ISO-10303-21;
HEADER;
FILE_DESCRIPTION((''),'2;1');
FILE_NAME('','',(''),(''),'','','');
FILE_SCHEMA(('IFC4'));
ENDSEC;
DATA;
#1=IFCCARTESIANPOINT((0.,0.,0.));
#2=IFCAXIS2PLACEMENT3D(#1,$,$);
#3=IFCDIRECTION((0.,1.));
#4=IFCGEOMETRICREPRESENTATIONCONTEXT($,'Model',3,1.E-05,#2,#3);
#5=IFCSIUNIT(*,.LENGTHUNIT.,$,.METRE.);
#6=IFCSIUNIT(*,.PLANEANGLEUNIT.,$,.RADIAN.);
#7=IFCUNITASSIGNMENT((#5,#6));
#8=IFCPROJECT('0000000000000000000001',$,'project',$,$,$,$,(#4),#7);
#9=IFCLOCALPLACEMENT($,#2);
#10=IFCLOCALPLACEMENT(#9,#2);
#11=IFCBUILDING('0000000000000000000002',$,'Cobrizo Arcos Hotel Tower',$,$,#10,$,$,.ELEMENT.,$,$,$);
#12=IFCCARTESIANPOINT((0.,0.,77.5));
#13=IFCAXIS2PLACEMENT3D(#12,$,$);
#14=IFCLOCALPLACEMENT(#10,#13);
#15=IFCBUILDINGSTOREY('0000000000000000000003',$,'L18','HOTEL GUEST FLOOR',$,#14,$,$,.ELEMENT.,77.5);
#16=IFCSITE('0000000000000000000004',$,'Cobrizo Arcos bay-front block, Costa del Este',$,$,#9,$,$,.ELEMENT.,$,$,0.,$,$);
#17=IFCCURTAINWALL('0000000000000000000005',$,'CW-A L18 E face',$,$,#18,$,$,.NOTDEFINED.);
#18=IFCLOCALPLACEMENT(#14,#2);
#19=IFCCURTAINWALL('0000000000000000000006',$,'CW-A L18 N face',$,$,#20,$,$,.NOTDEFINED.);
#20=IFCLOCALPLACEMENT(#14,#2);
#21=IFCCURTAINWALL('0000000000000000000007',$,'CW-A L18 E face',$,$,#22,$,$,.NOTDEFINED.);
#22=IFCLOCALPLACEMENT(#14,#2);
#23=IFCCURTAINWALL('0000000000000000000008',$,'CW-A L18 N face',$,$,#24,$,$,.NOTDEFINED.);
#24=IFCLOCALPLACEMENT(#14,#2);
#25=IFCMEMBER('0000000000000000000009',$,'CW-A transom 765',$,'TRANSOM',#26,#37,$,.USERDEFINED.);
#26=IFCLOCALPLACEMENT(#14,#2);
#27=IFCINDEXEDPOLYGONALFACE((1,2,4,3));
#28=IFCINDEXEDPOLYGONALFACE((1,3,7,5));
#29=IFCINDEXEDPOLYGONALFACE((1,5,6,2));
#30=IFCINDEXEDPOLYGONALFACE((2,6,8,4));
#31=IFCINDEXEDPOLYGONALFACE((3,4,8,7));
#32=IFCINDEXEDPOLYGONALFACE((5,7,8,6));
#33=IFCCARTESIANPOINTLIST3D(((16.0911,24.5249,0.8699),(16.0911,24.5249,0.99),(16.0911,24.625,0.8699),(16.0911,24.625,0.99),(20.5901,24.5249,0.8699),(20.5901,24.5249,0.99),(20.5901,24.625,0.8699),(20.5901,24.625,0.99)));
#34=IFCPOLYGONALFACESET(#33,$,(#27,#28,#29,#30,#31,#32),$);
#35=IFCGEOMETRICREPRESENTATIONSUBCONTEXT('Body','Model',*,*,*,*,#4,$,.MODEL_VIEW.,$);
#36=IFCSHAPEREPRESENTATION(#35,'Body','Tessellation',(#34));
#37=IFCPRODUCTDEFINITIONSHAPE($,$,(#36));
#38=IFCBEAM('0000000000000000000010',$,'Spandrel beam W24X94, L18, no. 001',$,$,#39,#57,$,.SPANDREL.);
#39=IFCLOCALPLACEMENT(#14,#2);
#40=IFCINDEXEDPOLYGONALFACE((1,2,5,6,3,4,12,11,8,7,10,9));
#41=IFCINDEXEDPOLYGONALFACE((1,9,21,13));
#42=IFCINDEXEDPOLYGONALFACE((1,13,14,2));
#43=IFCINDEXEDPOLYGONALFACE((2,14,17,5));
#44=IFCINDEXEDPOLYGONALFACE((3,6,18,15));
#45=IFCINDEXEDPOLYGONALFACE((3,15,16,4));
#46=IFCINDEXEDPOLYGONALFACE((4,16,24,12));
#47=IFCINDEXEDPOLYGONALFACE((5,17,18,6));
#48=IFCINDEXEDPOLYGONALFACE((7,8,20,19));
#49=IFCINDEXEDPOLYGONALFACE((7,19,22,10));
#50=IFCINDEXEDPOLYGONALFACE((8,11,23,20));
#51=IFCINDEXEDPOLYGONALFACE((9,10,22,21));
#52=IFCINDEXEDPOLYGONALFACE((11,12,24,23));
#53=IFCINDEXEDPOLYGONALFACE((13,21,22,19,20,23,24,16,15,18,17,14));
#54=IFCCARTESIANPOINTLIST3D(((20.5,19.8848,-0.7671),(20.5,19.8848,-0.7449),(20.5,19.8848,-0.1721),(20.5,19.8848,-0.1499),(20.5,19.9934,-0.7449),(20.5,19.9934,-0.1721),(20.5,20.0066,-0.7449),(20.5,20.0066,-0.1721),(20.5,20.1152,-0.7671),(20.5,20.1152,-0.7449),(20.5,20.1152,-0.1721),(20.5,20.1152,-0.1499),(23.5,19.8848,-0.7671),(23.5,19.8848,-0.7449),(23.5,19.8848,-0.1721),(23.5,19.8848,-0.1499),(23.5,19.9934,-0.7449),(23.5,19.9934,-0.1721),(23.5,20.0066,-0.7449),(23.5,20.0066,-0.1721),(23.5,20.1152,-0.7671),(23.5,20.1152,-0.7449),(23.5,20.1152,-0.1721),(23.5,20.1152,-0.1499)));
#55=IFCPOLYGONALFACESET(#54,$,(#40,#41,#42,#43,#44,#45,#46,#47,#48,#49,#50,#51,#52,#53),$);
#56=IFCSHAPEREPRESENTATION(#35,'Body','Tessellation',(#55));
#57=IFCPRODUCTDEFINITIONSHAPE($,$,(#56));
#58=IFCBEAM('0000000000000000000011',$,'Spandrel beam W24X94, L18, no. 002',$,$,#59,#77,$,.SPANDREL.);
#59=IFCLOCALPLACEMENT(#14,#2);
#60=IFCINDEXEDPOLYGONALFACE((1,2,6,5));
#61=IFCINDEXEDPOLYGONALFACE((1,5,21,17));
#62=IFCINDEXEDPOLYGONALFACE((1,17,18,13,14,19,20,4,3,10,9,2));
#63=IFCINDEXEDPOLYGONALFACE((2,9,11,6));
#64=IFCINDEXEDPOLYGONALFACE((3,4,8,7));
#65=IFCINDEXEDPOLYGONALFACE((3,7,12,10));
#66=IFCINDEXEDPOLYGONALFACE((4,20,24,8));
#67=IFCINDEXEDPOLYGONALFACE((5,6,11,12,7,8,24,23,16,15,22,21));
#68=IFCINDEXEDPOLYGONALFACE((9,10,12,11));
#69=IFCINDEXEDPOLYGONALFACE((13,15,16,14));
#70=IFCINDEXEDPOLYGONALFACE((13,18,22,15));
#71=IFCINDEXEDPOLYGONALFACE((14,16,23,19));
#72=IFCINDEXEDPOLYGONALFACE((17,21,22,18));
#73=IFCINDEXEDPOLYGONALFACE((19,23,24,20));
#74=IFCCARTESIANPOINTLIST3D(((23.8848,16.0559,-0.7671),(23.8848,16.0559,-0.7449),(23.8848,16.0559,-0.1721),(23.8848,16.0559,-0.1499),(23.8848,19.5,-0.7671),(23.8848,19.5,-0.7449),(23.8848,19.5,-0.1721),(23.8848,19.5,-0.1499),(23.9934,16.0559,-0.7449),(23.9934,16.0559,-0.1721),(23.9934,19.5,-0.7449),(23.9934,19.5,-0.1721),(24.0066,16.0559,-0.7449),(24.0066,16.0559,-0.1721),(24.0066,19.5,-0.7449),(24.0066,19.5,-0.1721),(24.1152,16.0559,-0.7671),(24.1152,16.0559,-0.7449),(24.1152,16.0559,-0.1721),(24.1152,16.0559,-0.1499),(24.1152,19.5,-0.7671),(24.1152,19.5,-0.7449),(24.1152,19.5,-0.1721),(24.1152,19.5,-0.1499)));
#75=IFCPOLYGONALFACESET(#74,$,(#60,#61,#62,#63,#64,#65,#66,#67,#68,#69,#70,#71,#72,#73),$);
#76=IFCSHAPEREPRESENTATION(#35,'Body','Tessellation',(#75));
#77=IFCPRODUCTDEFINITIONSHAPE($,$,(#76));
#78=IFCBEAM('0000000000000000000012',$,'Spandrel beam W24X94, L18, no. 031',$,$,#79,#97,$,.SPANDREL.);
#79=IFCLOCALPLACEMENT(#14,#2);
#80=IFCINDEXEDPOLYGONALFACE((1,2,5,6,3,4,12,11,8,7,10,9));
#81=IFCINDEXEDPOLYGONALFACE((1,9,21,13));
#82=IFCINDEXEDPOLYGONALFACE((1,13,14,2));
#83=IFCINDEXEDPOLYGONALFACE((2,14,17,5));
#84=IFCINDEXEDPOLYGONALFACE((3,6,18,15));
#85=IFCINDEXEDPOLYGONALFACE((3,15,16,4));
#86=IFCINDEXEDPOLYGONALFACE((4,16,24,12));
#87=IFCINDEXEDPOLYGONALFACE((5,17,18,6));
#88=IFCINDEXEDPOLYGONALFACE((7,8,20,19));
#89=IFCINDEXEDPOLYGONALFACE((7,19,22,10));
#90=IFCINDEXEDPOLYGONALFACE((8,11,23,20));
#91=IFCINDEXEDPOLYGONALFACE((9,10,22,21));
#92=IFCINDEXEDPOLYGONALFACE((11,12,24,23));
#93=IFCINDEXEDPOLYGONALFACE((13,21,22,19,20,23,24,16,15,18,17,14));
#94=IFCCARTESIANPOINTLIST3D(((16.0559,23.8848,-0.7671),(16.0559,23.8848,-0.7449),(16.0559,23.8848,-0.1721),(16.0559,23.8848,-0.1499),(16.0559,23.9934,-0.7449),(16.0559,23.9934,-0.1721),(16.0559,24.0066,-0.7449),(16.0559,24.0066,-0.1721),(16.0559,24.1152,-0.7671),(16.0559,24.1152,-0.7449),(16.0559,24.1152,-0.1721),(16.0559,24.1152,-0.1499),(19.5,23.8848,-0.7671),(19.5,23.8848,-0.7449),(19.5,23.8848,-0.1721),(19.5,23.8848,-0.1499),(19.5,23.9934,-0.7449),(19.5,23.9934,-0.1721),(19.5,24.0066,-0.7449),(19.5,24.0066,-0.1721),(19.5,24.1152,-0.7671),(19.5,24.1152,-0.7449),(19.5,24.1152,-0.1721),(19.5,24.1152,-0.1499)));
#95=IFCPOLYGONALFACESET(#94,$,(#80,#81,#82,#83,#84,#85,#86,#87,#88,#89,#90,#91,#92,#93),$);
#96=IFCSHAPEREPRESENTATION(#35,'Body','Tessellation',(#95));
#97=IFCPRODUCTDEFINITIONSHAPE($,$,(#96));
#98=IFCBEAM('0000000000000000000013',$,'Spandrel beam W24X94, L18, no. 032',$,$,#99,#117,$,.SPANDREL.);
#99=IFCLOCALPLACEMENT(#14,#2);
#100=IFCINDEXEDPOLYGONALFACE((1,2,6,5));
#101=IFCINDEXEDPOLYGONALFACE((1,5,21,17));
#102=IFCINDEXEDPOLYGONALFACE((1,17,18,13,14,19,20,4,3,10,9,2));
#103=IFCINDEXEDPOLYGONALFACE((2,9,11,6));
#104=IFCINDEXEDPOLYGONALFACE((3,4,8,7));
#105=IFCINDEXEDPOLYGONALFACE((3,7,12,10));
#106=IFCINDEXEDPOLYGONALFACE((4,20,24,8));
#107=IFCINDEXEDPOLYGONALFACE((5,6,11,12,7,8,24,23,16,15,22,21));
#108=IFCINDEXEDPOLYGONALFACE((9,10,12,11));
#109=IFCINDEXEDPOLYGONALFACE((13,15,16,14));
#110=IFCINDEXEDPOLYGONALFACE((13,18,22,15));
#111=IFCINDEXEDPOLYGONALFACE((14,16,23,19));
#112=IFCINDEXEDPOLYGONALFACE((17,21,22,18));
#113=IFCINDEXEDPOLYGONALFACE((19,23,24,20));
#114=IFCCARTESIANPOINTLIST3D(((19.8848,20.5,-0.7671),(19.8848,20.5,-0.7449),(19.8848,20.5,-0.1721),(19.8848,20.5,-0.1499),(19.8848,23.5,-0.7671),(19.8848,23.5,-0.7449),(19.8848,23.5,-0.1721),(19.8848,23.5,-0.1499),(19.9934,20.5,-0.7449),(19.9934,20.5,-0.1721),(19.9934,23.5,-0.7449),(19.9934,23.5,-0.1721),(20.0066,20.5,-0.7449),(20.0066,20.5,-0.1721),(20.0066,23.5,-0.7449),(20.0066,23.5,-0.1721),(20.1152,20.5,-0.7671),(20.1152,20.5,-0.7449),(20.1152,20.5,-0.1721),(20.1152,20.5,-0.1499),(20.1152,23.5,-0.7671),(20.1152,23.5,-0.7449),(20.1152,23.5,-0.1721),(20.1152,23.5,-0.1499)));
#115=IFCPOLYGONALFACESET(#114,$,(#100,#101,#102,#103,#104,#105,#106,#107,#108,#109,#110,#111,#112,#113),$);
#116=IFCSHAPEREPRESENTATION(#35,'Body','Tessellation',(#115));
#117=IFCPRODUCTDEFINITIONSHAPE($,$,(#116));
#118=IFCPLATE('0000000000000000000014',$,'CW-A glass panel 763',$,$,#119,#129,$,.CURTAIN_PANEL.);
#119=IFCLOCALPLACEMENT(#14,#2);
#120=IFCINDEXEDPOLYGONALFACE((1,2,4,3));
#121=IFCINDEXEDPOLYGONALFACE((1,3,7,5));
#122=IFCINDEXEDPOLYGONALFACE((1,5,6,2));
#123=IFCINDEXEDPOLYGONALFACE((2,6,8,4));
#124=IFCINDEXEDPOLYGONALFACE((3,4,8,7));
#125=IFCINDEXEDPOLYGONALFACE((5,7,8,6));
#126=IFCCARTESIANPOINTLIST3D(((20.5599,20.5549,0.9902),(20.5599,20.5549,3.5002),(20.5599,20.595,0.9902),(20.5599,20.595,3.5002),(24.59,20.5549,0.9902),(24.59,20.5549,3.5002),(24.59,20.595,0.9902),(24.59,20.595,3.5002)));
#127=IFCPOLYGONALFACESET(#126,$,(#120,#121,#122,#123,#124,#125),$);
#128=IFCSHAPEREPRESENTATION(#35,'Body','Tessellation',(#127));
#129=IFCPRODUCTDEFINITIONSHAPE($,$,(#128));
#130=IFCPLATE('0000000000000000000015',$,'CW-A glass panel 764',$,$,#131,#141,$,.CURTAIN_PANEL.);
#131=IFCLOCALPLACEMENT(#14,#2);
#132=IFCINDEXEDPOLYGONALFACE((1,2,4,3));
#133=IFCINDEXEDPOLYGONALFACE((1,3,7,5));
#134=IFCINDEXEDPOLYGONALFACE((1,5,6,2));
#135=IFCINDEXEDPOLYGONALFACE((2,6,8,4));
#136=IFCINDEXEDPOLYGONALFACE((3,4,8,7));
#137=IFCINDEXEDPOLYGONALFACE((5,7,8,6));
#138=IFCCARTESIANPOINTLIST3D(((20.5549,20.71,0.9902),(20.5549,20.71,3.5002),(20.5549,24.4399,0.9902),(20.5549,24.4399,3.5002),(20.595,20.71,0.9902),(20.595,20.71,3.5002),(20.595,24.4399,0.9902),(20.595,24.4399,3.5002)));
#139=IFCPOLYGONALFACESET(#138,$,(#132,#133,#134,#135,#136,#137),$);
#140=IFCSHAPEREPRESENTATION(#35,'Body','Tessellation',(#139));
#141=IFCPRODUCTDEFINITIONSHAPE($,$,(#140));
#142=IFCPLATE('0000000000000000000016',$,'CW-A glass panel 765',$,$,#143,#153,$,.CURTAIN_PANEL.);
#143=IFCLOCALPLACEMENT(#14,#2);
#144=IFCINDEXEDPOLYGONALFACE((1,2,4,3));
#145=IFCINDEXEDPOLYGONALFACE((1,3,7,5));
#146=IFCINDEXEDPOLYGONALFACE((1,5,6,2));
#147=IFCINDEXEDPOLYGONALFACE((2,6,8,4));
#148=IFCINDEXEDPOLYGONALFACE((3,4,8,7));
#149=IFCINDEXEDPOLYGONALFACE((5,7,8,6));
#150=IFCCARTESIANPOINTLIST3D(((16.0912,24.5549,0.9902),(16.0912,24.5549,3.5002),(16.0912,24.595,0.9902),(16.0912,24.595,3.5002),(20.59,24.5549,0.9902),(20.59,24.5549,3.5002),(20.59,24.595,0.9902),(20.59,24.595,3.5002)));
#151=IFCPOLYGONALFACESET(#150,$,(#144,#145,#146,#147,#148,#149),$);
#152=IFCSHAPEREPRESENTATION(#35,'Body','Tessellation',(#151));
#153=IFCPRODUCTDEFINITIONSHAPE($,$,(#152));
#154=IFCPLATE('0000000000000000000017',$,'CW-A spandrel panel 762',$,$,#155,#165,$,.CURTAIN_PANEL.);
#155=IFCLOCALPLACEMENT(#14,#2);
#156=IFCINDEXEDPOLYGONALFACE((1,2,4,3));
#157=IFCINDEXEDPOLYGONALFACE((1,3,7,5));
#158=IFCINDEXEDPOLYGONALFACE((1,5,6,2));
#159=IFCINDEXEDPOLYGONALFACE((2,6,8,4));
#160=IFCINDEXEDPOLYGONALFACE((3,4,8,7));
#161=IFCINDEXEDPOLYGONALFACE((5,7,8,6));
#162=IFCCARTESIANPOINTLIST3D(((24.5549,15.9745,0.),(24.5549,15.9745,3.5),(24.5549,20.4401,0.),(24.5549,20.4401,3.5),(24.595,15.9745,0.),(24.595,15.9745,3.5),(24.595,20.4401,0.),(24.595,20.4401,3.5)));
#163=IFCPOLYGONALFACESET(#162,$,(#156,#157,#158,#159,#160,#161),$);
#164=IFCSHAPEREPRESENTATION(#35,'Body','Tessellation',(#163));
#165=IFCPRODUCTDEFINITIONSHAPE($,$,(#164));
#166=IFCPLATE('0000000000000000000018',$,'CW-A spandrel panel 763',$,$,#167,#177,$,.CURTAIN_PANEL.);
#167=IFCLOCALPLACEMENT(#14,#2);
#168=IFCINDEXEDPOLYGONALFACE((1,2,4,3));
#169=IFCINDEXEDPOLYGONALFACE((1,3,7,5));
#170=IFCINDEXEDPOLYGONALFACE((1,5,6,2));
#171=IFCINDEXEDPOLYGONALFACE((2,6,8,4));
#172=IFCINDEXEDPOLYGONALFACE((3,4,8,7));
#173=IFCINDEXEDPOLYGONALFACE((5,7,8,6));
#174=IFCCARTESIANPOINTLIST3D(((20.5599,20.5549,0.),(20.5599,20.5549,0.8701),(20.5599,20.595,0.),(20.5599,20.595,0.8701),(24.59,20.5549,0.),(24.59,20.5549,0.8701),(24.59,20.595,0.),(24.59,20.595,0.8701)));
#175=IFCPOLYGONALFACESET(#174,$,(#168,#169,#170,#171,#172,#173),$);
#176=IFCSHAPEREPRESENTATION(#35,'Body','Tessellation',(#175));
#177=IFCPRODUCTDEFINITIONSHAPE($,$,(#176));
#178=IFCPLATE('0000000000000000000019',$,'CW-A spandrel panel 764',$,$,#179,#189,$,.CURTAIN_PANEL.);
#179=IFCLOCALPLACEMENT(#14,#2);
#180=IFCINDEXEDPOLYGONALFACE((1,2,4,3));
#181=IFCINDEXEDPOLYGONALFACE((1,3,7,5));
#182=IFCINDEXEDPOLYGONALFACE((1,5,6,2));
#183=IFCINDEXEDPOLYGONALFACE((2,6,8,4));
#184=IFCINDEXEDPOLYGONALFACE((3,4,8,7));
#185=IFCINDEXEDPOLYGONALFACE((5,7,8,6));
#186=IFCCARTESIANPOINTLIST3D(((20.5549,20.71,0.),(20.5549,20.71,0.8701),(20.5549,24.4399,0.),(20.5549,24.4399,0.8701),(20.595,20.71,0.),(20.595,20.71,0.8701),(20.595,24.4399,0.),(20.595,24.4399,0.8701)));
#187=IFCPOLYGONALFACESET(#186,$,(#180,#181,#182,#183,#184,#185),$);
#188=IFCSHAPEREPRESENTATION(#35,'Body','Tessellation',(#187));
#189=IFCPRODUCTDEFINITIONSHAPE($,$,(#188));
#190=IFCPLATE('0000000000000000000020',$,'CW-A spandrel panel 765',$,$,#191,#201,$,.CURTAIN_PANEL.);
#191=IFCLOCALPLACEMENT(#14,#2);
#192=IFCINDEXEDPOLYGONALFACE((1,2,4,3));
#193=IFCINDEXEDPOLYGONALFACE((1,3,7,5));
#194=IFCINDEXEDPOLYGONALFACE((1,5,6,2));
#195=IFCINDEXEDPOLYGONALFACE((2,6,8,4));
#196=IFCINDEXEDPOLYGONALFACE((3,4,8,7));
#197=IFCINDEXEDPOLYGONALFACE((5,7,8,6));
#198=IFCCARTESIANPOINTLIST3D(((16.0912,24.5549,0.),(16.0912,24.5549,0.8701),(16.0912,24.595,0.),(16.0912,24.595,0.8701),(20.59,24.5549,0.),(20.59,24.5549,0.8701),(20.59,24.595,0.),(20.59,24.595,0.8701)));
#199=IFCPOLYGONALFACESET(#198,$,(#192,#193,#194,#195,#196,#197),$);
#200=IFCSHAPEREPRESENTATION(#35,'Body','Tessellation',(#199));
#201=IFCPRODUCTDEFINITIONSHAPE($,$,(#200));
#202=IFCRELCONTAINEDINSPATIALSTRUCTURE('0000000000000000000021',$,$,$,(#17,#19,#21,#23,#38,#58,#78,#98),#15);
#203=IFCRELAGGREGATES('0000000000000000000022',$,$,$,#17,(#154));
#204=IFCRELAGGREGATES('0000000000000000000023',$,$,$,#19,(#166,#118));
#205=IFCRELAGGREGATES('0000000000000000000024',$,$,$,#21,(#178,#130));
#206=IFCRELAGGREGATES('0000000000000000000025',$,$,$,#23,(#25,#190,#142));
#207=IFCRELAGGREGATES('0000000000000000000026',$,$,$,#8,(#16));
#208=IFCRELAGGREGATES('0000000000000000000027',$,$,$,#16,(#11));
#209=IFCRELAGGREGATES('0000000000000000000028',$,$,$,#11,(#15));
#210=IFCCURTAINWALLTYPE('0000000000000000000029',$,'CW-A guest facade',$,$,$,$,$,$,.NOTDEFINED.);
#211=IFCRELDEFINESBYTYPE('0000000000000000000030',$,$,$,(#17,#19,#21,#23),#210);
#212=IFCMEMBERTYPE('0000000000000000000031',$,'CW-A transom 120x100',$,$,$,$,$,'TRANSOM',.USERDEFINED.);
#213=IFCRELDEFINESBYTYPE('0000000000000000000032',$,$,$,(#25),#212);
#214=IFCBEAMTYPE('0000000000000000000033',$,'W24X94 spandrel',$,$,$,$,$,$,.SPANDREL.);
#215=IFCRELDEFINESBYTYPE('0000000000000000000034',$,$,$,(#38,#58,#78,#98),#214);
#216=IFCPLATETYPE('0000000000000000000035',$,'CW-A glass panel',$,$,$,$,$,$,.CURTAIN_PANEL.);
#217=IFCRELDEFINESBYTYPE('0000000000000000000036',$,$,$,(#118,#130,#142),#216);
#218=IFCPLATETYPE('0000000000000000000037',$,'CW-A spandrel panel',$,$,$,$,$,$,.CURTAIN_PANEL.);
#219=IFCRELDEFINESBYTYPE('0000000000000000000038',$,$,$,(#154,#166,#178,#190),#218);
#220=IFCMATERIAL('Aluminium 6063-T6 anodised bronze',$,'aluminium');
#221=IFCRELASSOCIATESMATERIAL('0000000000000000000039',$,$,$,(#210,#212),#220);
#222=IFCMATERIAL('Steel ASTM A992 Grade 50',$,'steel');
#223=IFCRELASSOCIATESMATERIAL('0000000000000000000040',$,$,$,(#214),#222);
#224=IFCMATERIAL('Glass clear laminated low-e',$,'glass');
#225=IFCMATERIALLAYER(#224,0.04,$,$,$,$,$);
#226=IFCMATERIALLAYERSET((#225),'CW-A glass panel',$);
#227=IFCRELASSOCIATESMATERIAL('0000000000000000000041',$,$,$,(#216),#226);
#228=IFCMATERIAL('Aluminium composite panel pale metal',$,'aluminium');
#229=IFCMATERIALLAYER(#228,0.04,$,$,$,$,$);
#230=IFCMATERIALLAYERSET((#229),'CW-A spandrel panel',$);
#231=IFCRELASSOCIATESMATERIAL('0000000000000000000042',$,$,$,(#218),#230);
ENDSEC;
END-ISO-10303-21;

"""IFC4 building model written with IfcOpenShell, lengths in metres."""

from ifc_helpers import new_model, si_unit, direction, frame, origin, origin_2d, place, context, subcontext, project, spatial, rectangle, i_section, extrude, material, layer, layer_set, material_profile, profile_set, type_object, element, aggregate, save


model = new_model("IFC4")

# Units and contexts
model_context = context("Model", 3, precision=1e-05, world=origin(), true_north=direction((0.0, 1.0)))
body_context = subcontext(model_context, "Body", "Model", "MODEL_VIEW")
ifc_project = project(units=[si_unit("LENGTHUNIT", "METRE"), si_unit("PLANEANGLEUNIT", "RADIAN")], contexts=[model_context])

# Site, building, storey
site_placement = place(None, origin())
site = spatial("IfcSite", under=ifc_project, at=site_placement, Name="Cobrizo Arcos bay-front block, Costa del Este", CompositionType="ELEMENT", RefElevation=0.0)
building_placement = place(site_placement, origin())
building = spatial("IfcBuilding", under=site, at=building_placement, Name="Cobrizo Arcos Hotel Tower", CompositionType="ELEMENT")
storey_placement = place(building_placement, frame((0.0, 0.0, 77.5)))
storey = spatial("IfcBuildingStorey", under=building, at=storey_placement, Name="L18", Description="HOTEL GUEST FLOOR", CompositionType="ELEMENT", Elevation=77.5)

# Curtain walls
ifc_material_1 = material(Name="Aluminium 6063-T6 anodised bronze", Category="aluminium")
curtain_wall_type = type_object("IfcCurtainWallType", Name="CW-A guest facade", PredefinedType="NOTDEFINED", material=ifc_material_1)
curtain_wall_1_placement = place(storey_placement, origin())
curtain_wall_1 = element("IfcCurtainWall", 1, at=curtain_wall_1_placement, inside=storey, type_object=curtain_wall_type, Name="CW-A L18 E face", PredefinedType="NOTDEFINED")
curtain_wall_2_placement = place(storey_placement, origin())
curtain_wall_2 = element("IfcCurtainWall", 2, at=curtain_wall_2_placement, inside=storey, type_object=curtain_wall_type, Name="CW-A L18 N face", PredefinedType="NOTDEFINED")
curtain_wall_3_placement = place(storey_placement, origin())
curtain_wall_3 = element("IfcCurtainWall", 3, at=curtain_wall_3_placement, inside=storey, type_object=curtain_wall_type, Name="CW-A L18 E face", PredefinedType="NOTDEFINED")
curtain_wall_4_placement = place(storey_placement, origin())
curtain_wall_4 = element("IfcCurtainWall", 4, at=curtain_wall_4_placement, inside=storey, type_object=curtain_wall_type, Name="CW-A L18 N face", PredefinedType="NOTDEFINED")

# Member
ifc_material_profile_1 = material_profile(ifc_material_1, rectangle(XDim=0.1001, YDim=0.1201, at=origin_2d()), Name="CW-A transom 120x100")
ifc_profile_set_1 = profile_set([ifc_material_profile_1], Name="Aluminium 6063-T6 anodised bronze")
member_type_1 = type_object("IfcMemberType", Name="CW-A transom 120x100", ElementType="TRANSOM", PredefinedType="USERDEFINED", material=ifc_profile_set_1)
member_1_placement = place(storey_placement, frame((20.5901, 24.575, 0.9299), z_axis=(-1.0, 0.0, 0.0), x_axis=(0.0, -1.0, 0.0)))
member_1 = element("IfcMember", 5, at=member_1_placement, type_object=member_type_1, Name="CW-A transom 765", ObjectType="TRANSOM", PredefinedType="USERDEFINED", context=body_context, shape_type="SweptSolid", body=[
    extrude(rectangle(XDim=0.1001, YDim=0.1201, at=origin_2d()), origin(), (0.0, 0.0, 1.0), 4.499),
])

# Beams
ifc_material_2 = material(Name="Steel ASTM A992 Grade 50", Category="steel")
ifc_material_profile_2 = material_profile(ifc_material_2, i_section(OverallWidth=0.2305, OverallDepth=0.6172, WebThickness=0.0132, FlangeThickness=0.0222, at=origin_2d()), Name="W24X94")
ifc_profile_set_2 = profile_set([ifc_material_profile_2], Name="Steel ASTM A992 Grade 50")
beam_type = type_object("IfcBeamType", Name="W24X94 spandrel", PredefinedType="SPANDREL", material=ifc_profile_set_2)
beam_1_placement = place(storey_placement, frame((20.5, 20.0, -0.4585), z_axis=(1.0, 0.0, 0.0), x_axis=(0.0, 1.0, 0.0)))
element("IfcBeam", 6, at=beam_1_placement, inside=storey, type_object=beam_type, Name="Spandrel beam W24X94, L18, no. 001", PredefinedType="SPANDREL", context=body_context, shape_type="SweptSolid", body=[
    extrude(i_section(OverallWidth=0.2305, OverallDepth=0.6172, WebThickness=0.0132, FlangeThickness=0.0222, at=origin_2d()), origin(), (0.0, 0.0, 1.0), 3.0),
])
for number, where, z_axis, x_axis, name in (
    (7, (24.0, 19.5, -0.4585), (0.0, -1.0, 0.0), (1.0, 0.0, 0.0), "Spandrel beam W24X94, L18, no. 002"),
    (8, (16.0559, 24.0, -0.4585), (1.0, 0.0, 0.0), (0.0, 1.0, 0.0), "Spandrel beam W24X94, L18, no. 031"),
):
    element("IfcBeam", number, at=place(storey_placement, frame(where, z_axis=z_axis, x_axis=x_axis)), inside=storey, type_object=beam_type, Name=name, PredefinedType="SPANDREL", context=body_context, shape_type="SweptSolid", body=[
        extrude(i_section(OverallWidth=0.2305, OverallDepth=0.6172, WebThickness=0.0132, FlangeThickness=0.0222, at=origin_2d()), origin(), (0.0, 0.0, 1.0), 3.4441),
    ])
beam_2_placement = place(storey_placement, frame((20.0, 23.5, -0.4585), z_axis=(0.0, -1.0, 0.0), x_axis=(1.0, 0.0, 0.0)))
element("IfcBeam", 9, at=beam_2_placement, inside=storey, type_object=beam_type, Name="Spandrel beam W24X94, L18, no. 032", PredefinedType="SPANDREL", context=body_context, shape_type="SweptSolid", body=[
    extrude(i_section(OverallWidth=0.2305, OverallDepth=0.6172, WebThickness=0.0132, FlangeThickness=0.0222, at=origin_2d()), origin(), (0.0, 0.0, 1.0), 3.0),
])

# Plates
ifc_material_3 = material(Name="Glass clear laminated low-e", Category="glass")
ifc_layer_1 = layer(ifc_material_3, 0.04)
ifc_layer_set_1 = layer_set([ifc_layer_1], Name="CW-A glass panel")
plate_type_1 = type_object("IfcPlateType", Name="CW-A glass panel", PredefinedType="CURTAIN_PANEL", material=ifc_layer_set_1)
plate_1_placement = place(storey_placement, frame((22.575, 20.575, 0.9902), z_axis=(0.0, 0.0, 1.0), x_axis=(-1.0, 0.0, 0.0)))
plate_1 = element("IfcPlate", 10, at=plate_1_placement, type_object=plate_type_1, Name="CW-A glass panel 763", PredefinedType="CURTAIN_PANEL", context=body_context, shape_type="SweptSolid", body=[
    extrude(rectangle(XDim=4.03, YDim=0.04, at=origin_2d()), origin(), (0.0, 0.0, 1.0), 2.51),
])
plate_2_placement = place(storey_placement, frame((20.575, 22.575, 0.9902), z_axis=(0.0, 0.0, 1.0), x_axis=(0.0, 1.0, 0.0)))
plate_2 = element("IfcPlate", 11, at=plate_2_placement, type_object=plate_type_1, Name="CW-A glass panel 764", PredefinedType="CURTAIN_PANEL", context=body_context, shape_type="SweptSolid", body=[
    extrude(rectangle(XDim=3.73, YDim=0.04, at=origin_2d()), origin(), (0.0, 0.0, 1.0), 2.51),
])
plate_3_placement = place(storey_placement, frame((18.3406, 24.575, 0.9902), z_axis=(0.0, 0.0, 1.0), x_axis=(-1.0, 0.0, 0.0)))
plate_3 = element("IfcPlate", 12, at=plate_3_placement, type_object=plate_type_1, Name="CW-A glass panel 765", PredefinedType="CURTAIN_PANEL", context=body_context, shape_type="SweptSolid", body=[
    extrude(rectangle(XDim=4.4988, YDim=0.04, at=origin_2d()), origin(), (0.0, 0.0, 1.0), 2.51),
])
ifc_material_4 = material(Name="Aluminium composite panel pale metal", Category="aluminium")
ifc_layer_2 = layer(ifc_material_4, 0.04)
ifc_layer_set_2 = layer_set([ifc_layer_2], Name="CW-A spandrel panel")
plate_type_2 = type_object("IfcPlateType", Name="CW-A spandrel panel", PredefinedType="CURTAIN_PANEL", material=ifc_layer_set_2)
plate_4_placement = place(storey_placement, frame((24.575, 18.2073, 0.0), z_axis=(0.0, 0.0, 1.0), x_axis=(0.0, 1.0, 0.0)))
plate_4 = element("IfcPlate", 13, at=plate_4_placement, type_object=plate_type_2, Name="CW-A spandrel panel 762", PredefinedType="CURTAIN_PANEL", context=body_context, shape_type="SweptSolid", body=[
    extrude(rectangle(XDim=4.4656, YDim=0.04, at=origin_2d()), origin(), (0.0, 0.0, 1.0), 3.5),
])
aggregate(curtain_wall_1, [plate_4])
plate_5_placement = place(storey_placement, frame((22.575, 20.575, 0.0), z_axis=(0.0, 0.0, 1.0), x_axis=(-1.0, 0.0, 0.0)))
plate_5 = element("IfcPlate", 14, at=plate_5_placement, type_object=plate_type_2, Name="CW-A spandrel panel 763", PredefinedType="CURTAIN_PANEL", context=body_context, shape_type="SweptSolid", body=[
    extrude(rectangle(XDim=4.03, YDim=0.04, at=origin_2d()), origin(), (0.0, 0.0, 1.0), 0.8701),
])
aggregate(curtain_wall_2, [plate_5, plate_1])
plate_6_placement = place(storey_placement, frame((20.575, 22.575, 0.0), z_axis=(0.0, 0.0, 1.0), x_axis=(0.0, 1.0, 0.0)))
plate_6 = element("IfcPlate", 15, at=plate_6_placement, type_object=plate_type_2, Name="CW-A spandrel panel 764", PredefinedType="CURTAIN_PANEL", context=body_context, shape_type="SweptSolid", body=[
    extrude(rectangle(XDim=3.73, YDim=0.04, at=origin_2d()), origin(), (0.0, 0.0, 1.0), 0.8701),
])
aggregate(curtain_wall_3, [plate_6, plate_2])
plate_7_placement = place(storey_placement, frame((18.3406, 24.575, 0.0), z_axis=(0.0, 0.0, 1.0), x_axis=(-1.0, 0.0, 0.0)))
plate_7 = element("IfcPlate", 16, at=plate_7_placement, type_object=plate_type_2, Name="CW-A spandrel panel 765", PredefinedType="CURTAIN_PANEL", context=body_context, shape_type="SweptSolid", body=[
    extrude(rectangle(XDim=4.4988, YDim=0.04, at=origin_2d()), origin(), (0.0, 0.0, 1.0), 0.8701),
])
aggregate(curtain_wall_4, [member_1, plate_7, plate_3])

save(model, "model.ifc")
